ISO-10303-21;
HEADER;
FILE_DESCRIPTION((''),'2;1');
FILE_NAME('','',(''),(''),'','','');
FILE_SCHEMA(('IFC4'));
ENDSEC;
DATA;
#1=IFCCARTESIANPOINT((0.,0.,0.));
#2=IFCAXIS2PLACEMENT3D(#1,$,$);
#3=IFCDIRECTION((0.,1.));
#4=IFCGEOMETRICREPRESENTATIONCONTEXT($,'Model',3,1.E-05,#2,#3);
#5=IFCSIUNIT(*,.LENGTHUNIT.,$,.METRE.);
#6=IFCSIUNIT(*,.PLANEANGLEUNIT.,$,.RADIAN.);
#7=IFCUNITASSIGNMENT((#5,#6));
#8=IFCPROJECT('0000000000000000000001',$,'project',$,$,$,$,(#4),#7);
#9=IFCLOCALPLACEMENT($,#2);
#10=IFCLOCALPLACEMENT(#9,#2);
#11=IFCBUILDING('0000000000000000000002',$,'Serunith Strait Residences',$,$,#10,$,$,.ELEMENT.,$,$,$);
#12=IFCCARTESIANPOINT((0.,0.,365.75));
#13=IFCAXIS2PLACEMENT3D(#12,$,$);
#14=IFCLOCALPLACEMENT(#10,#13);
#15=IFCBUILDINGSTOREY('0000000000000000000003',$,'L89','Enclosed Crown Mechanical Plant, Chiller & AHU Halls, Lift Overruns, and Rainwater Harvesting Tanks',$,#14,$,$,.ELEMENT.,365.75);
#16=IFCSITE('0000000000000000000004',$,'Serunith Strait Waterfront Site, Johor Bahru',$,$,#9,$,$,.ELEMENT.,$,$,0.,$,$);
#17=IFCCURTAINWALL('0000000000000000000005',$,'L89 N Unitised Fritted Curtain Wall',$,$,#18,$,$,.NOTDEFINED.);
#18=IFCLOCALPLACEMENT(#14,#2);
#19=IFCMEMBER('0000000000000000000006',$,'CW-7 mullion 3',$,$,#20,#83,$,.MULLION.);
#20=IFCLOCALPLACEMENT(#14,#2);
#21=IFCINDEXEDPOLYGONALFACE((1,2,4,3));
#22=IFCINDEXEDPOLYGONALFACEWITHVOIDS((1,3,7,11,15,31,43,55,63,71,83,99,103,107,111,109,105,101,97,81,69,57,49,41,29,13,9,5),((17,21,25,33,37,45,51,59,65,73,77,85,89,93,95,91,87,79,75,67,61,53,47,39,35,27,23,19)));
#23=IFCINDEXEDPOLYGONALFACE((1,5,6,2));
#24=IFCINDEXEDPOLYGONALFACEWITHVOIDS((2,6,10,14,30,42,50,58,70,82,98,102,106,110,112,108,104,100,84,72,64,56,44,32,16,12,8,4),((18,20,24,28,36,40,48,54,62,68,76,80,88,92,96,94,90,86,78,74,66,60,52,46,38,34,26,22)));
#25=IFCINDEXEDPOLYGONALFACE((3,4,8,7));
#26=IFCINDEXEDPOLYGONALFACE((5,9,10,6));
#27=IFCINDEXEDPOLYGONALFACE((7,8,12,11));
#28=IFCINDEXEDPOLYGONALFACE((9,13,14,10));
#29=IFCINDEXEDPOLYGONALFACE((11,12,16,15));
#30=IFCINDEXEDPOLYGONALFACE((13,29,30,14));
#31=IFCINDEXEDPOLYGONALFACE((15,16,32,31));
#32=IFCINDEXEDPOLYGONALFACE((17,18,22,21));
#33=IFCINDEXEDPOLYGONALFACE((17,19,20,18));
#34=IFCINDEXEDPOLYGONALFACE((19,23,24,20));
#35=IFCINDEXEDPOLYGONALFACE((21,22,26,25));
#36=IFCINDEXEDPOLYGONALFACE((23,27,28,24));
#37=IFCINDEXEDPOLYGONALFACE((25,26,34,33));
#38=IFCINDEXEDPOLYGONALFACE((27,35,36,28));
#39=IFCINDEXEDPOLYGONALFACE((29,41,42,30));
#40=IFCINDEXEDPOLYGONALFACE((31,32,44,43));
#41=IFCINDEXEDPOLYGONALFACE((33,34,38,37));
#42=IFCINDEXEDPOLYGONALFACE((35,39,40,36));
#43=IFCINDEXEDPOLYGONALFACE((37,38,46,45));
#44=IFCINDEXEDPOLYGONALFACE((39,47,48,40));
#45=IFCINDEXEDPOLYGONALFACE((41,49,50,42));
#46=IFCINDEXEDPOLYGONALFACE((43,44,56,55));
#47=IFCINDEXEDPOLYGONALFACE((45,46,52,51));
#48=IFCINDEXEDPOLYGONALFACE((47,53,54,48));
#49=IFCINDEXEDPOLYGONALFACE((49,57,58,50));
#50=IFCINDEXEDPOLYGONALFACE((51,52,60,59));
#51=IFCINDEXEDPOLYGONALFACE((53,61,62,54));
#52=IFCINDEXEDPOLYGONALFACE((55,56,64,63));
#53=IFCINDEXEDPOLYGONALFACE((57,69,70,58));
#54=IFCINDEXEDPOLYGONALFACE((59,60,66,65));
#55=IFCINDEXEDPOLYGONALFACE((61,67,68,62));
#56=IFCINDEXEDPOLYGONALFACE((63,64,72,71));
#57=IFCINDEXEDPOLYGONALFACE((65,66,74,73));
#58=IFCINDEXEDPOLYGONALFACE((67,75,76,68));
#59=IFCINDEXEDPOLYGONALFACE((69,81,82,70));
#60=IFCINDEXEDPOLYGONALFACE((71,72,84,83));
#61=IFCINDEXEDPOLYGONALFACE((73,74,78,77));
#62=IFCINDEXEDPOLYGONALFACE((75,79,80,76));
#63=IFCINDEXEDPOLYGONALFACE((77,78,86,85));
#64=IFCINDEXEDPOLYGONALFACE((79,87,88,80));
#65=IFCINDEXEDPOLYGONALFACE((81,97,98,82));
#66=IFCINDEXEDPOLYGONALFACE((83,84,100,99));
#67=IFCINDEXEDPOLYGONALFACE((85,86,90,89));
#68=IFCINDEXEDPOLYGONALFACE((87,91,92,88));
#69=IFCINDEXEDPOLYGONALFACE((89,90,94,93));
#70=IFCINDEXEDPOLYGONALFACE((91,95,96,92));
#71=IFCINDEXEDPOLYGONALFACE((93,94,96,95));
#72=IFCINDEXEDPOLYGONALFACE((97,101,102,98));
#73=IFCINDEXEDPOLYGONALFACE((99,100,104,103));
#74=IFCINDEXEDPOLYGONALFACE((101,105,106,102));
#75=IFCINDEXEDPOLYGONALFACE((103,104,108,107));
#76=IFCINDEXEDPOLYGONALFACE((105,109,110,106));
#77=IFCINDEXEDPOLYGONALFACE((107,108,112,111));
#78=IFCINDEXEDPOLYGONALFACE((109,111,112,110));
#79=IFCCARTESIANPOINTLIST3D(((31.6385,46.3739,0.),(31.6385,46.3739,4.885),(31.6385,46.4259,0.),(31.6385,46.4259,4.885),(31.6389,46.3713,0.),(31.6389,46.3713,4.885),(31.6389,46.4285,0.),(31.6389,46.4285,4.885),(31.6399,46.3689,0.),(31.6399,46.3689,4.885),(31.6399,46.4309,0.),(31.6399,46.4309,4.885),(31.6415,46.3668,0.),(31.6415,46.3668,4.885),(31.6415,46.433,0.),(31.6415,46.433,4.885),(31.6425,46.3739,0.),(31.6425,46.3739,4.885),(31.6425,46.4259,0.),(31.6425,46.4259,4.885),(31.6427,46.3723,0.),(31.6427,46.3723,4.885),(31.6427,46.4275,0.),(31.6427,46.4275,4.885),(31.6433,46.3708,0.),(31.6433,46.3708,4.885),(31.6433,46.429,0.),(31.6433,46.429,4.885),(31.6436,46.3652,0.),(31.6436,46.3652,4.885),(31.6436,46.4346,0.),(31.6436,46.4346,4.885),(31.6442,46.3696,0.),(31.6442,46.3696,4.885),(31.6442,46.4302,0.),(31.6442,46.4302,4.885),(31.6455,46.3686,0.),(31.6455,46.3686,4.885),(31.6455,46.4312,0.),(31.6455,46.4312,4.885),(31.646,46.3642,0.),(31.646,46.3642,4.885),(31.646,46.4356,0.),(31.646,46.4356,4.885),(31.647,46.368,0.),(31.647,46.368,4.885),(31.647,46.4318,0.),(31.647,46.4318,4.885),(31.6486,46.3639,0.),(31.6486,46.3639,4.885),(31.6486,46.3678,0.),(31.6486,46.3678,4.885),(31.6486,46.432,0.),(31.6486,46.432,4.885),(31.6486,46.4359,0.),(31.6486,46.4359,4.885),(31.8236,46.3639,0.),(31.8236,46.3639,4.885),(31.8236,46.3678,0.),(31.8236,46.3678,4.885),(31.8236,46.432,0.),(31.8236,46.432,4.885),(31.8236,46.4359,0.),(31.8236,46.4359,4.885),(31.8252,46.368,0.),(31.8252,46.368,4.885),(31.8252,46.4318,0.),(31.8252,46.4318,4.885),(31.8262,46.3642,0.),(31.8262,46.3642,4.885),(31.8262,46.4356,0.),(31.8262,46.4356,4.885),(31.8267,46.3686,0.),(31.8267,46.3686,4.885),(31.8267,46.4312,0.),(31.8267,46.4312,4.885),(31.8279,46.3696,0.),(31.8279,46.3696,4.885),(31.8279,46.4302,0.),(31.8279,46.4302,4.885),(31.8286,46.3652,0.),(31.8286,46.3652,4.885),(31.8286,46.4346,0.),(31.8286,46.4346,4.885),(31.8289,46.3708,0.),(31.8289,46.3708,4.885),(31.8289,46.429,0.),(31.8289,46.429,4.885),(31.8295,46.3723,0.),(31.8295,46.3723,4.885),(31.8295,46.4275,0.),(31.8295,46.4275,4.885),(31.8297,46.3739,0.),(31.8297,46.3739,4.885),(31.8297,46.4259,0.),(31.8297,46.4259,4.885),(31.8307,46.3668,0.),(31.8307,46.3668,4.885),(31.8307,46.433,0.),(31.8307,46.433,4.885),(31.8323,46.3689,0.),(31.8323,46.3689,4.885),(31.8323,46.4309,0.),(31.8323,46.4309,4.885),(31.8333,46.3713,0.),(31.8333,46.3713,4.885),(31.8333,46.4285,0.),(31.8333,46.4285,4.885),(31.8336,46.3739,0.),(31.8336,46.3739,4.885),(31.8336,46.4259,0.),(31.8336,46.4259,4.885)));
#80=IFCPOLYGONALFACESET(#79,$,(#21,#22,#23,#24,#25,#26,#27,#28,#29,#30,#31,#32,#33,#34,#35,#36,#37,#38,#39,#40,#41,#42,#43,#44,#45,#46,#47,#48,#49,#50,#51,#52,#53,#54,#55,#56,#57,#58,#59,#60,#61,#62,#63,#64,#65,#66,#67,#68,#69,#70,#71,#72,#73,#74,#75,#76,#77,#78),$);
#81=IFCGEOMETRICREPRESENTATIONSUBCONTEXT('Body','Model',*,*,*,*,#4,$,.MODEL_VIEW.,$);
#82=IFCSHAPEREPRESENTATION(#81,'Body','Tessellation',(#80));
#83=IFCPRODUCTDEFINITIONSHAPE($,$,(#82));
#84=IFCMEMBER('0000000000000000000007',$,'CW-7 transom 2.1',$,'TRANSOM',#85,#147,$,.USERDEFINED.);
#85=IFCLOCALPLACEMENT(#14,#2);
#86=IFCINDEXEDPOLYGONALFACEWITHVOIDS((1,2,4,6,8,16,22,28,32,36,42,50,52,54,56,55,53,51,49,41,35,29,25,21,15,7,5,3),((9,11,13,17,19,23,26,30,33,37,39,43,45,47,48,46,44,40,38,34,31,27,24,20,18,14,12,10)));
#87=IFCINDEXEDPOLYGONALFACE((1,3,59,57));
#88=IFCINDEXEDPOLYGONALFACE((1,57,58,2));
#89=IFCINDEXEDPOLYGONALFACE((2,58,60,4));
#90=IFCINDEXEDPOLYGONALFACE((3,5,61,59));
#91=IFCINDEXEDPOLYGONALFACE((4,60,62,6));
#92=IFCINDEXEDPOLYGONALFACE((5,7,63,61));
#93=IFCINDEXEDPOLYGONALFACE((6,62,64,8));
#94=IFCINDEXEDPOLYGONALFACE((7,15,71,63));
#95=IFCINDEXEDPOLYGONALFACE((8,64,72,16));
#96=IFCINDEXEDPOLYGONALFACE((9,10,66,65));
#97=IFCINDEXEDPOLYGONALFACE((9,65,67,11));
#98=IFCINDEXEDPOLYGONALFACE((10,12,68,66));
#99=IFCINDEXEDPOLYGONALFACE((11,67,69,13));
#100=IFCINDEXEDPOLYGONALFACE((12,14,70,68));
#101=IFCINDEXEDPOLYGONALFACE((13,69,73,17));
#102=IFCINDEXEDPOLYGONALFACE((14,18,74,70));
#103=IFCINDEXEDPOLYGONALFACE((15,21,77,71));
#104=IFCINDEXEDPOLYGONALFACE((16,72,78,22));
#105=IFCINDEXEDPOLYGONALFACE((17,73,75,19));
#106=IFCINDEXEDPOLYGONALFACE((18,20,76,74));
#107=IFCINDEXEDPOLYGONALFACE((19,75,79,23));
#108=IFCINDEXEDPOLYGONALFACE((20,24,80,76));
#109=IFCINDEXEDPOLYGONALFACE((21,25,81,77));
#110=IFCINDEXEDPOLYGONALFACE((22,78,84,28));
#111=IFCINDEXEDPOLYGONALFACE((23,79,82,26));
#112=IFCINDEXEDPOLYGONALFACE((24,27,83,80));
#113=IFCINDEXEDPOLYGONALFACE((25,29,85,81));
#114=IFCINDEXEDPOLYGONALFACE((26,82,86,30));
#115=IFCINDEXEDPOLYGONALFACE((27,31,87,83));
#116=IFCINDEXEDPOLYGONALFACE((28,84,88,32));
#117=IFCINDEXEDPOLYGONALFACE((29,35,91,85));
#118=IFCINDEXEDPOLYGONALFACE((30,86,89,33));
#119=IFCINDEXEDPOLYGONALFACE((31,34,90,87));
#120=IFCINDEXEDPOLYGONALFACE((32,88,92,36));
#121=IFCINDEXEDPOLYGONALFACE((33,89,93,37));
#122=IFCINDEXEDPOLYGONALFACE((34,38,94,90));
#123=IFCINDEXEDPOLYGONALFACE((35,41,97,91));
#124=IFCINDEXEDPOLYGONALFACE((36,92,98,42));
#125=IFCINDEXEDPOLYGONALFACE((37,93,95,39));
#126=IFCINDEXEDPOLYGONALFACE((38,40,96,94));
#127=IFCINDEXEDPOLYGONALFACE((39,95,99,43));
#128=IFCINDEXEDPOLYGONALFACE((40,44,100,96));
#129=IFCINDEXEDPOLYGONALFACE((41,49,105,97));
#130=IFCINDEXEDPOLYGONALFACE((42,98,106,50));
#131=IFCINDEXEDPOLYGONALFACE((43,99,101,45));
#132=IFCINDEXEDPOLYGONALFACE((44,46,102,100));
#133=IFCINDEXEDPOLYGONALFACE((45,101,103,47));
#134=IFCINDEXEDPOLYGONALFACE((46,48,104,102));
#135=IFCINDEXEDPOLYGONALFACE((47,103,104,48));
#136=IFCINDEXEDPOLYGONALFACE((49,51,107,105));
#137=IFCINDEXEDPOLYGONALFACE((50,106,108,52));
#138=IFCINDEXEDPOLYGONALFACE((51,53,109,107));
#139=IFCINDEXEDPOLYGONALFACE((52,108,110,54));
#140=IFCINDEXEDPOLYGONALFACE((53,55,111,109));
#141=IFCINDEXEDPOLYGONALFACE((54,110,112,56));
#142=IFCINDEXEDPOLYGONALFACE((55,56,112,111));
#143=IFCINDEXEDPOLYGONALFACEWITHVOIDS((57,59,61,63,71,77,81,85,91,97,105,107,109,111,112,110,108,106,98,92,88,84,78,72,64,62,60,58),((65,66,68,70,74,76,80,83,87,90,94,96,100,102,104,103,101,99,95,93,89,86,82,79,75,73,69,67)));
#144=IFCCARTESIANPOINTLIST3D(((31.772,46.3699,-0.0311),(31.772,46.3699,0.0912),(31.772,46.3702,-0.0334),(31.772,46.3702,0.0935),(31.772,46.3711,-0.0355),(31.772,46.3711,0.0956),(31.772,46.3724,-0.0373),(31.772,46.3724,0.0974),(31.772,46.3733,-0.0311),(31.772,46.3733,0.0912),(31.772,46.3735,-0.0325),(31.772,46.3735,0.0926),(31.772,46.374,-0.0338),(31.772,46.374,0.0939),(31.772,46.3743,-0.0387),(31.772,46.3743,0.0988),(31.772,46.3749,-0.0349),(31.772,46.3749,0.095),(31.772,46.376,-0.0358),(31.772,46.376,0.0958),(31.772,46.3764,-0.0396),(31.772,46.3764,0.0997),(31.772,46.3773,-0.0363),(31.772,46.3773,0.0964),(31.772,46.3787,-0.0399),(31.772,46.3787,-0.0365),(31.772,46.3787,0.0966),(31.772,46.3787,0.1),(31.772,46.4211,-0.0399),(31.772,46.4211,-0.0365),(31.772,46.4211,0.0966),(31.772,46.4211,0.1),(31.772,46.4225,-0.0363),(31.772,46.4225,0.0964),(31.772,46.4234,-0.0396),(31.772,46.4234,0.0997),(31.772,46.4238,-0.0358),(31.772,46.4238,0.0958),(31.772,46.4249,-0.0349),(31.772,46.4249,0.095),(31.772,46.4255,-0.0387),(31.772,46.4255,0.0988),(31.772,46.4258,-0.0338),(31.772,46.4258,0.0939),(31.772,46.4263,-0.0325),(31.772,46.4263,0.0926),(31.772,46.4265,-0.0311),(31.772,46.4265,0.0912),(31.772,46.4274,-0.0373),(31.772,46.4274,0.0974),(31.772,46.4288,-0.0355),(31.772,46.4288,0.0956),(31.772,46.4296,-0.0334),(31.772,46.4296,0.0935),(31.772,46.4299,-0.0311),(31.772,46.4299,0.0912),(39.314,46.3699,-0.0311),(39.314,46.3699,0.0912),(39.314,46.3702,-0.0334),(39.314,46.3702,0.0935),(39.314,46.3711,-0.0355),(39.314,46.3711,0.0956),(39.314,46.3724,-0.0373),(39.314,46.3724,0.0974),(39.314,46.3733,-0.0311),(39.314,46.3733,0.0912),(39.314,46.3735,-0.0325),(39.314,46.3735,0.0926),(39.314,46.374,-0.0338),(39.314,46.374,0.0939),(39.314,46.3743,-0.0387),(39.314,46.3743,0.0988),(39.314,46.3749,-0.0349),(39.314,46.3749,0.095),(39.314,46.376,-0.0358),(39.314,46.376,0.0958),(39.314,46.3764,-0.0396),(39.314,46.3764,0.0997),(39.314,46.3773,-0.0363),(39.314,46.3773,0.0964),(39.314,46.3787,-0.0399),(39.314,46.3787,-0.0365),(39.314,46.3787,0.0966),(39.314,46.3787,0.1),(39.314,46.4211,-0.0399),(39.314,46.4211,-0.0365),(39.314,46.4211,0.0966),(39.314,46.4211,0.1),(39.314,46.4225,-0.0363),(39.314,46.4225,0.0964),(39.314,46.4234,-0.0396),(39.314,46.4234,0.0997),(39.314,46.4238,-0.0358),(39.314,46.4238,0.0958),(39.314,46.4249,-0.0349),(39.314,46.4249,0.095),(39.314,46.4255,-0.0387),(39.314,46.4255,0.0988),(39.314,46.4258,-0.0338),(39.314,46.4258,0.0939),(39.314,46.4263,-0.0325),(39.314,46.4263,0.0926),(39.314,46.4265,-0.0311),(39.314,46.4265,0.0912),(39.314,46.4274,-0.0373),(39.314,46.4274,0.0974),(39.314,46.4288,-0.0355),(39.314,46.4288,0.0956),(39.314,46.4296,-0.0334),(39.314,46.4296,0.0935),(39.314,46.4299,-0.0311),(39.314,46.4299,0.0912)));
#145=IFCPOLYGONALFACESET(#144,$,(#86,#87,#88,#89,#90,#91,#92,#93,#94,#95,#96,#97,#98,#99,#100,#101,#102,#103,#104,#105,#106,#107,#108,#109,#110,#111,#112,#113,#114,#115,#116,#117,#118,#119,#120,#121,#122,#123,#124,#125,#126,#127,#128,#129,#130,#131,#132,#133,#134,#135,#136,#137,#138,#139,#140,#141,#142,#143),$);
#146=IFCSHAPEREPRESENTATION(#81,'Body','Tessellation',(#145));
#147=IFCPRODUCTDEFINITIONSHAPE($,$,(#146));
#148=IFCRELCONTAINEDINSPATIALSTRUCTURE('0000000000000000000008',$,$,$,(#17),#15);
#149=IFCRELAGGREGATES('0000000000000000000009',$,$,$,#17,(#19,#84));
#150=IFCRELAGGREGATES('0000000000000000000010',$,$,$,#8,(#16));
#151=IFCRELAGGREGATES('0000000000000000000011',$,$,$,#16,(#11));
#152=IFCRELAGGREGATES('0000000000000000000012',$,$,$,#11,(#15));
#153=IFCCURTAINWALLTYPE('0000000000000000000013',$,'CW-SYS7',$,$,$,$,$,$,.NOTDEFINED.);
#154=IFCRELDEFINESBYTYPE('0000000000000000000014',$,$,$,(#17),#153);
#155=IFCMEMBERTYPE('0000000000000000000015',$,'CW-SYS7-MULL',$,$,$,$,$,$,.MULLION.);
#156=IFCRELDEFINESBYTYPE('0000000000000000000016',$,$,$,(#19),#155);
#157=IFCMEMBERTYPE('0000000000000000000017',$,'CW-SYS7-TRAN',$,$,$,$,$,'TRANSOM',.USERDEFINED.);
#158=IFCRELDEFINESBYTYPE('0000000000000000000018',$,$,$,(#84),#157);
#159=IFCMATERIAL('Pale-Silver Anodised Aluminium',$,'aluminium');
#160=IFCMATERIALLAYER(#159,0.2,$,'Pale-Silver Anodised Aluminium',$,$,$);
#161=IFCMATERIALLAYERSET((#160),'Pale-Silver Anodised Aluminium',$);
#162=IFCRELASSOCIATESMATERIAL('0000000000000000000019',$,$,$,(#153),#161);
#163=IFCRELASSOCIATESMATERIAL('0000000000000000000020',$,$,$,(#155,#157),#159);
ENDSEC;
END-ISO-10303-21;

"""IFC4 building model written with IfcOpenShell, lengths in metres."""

from ifc_helpers import new_model, si_unit, direction, frame, origin, origin_2d, place, context, subcontext, project, spatial, hollow_rectangle, extrude, source, transform, mapped, material, layer, layer_set, material_profile, profile_set, type_object, element, aggregate, save


model = new_model("IFC4")

# Units and contexts
model_context = context("Model", 3, precision=1e-05, world=origin(), true_north=direction((0.0, 1.0)))
body_context = subcontext(model_context, "Body", "Model", "MODEL_VIEW")
ifc_project = project(units=[si_unit("LENGTHUNIT", "METRE"), si_unit("PLANEANGLEUNIT", "RADIAN")], contexts=[model_context])

# Site, building, storey
site_placement = place(None, origin())
site = spatial("IfcSite", under=ifc_project, at=site_placement, Name="Serunith Strait Waterfront Site, Johor Bahru", CompositionType="ELEMENT", RefElevation=0.0)
building_placement = place(site_placement, origin())
building = spatial("IfcBuilding", under=site, at=building_placement, Name="Serunith Strait Residences", CompositionType="ELEMENT")
storey_placement = place(building_placement, frame((0.0, 0.0, 365.75)))
storey = spatial("IfcBuildingStorey", under=building, at=storey_placement, Name="L89", Description="Enclosed Crown Mechanical Plant, Chiller & AHU Halls, Lift Overruns, and Rainwater Harvesting Tanks", CompositionType="ELEMENT", Elevation=365.75)

# Curtain wall, members
ifc_material_1 = material(Name="Pale-Silver Anodised Aluminium", Category="aluminium")
ifc_layer_1 = layer(ifc_material_1, 0.2, Name="Pale-Silver Anodised Aluminium")
ifc_layer_set_1 = layer_set([ifc_layer_1], Name="Pale-Silver Anodised Aluminium")
curtain_wall_type = type_object("IfcCurtainWallType", Name="CW-SYS7", PredefinedType="NOTDEFINED", material=ifc_layer_set_1)
curtain_wall_placement = place(storey_placement, origin())
curtain_wall = element("IfcCurtainWall", 1, at=curtain_wall_placement, inside=storey, type_object=curtain_wall_type, Name="L89 N Unitised Fritted Curtain Wall", PredefinedType="NOTDEFINED")
ifc_material_profile_1 = material_profile(ifc_material_1, hollow_rectangle(XDim=0.072, YDim=0.1951, WallThickness=0.0039, InnerFilletRadius=0.0061, OuterFilletRadius=0.01, at=origin_2d()), Name="ALU 195x72x4")
ifc_profile_set_1 = profile_set([ifc_material_profile_1], Name="Pale-Silver Anodised Aluminium")
member_type_1 = type_object("IfcMemberType", Name="CW-SYS7-MULL", PredefinedType="MULLION", material=ifc_profile_set_1)
shared_shape_1 = source(origin(), body_context, "Body", "SweptSolid", [
    extrude(hollow_rectangle(XDim=0.072, YDim=0.1951, WallThickness=0.0039, InnerFilletRadius=0.0061, OuterFilletRadius=0.01, at=origin_2d()), origin(), (0.0, 0.0, 1.0), 4.885),
])
member_1_placement = place(storey_placement, frame((31.7361, 46.3999, 0.0), z_axis=(0.0, 0.0, 1.0), x_axis=(0.0, -1.0, 0.0)))
member_1 = element("IfcMember", 2, at=member_1_placement, type_object=member_type_1, Name="CW-7 mullion 3", PredefinedType="MULLION", context=body_context, shape_type="MappedRepresentation", body=[
    mapped(shared_shape_1, transform((0.0, 0.0, 0.0), scale=1.0)),
])
ifc_material_profile_2 = material_profile(ifc_material_1, hollow_rectangle(XDim=0.0601, YDim=0.1399, WallThickness=0.0034, InnerFilletRadius=0.0054, OuterFilletRadius=0.0088, at=origin_2d()), Name="ALU 140x60x3.5")
ifc_profile_set_2 = profile_set([ifc_material_profile_2], Name="Pale-Silver Anodised Aluminium")
member_type_2 = type_object("IfcMemberType", Name="CW-SYS7-TRAN", ElementType="TRANSOM", PredefinedType="USERDEFINED", material=ifc_profile_set_2)
shared_shape_2 = source(origin(), body_context, "Body", "SweptSolid", [
    extrude(hollow_rectangle(XDim=0.0601, YDim=0.1399, WallThickness=0.0034, InnerFilletRadius=0.0054, OuterFilletRadius=0.0088, at=origin_2d()), origin(), (0.0, 0.0, 1.0), 7.542),
])
member_2_placement = place(storey_placement, frame((39.314, 46.3999, 0.03), z_axis=(-1.0, 0.0, 0.0), x_axis=(0.0, -1.0, 0.0)))
member_2 = element("IfcMember", 3, at=member_2_placement, type_object=member_type_2, Name="CW-7 transom 2.1", ObjectType="TRANSOM", PredefinedType="USERDEFINED", context=body_context, shape_type="MappedRepresentation", body=[
    mapped(shared_shape_2, transform((0.0, 0.0, 0.0), scale=1.0)),
])
aggregate(curtain_wall, [member_1, member_2])

save(model, "model.ifc")
